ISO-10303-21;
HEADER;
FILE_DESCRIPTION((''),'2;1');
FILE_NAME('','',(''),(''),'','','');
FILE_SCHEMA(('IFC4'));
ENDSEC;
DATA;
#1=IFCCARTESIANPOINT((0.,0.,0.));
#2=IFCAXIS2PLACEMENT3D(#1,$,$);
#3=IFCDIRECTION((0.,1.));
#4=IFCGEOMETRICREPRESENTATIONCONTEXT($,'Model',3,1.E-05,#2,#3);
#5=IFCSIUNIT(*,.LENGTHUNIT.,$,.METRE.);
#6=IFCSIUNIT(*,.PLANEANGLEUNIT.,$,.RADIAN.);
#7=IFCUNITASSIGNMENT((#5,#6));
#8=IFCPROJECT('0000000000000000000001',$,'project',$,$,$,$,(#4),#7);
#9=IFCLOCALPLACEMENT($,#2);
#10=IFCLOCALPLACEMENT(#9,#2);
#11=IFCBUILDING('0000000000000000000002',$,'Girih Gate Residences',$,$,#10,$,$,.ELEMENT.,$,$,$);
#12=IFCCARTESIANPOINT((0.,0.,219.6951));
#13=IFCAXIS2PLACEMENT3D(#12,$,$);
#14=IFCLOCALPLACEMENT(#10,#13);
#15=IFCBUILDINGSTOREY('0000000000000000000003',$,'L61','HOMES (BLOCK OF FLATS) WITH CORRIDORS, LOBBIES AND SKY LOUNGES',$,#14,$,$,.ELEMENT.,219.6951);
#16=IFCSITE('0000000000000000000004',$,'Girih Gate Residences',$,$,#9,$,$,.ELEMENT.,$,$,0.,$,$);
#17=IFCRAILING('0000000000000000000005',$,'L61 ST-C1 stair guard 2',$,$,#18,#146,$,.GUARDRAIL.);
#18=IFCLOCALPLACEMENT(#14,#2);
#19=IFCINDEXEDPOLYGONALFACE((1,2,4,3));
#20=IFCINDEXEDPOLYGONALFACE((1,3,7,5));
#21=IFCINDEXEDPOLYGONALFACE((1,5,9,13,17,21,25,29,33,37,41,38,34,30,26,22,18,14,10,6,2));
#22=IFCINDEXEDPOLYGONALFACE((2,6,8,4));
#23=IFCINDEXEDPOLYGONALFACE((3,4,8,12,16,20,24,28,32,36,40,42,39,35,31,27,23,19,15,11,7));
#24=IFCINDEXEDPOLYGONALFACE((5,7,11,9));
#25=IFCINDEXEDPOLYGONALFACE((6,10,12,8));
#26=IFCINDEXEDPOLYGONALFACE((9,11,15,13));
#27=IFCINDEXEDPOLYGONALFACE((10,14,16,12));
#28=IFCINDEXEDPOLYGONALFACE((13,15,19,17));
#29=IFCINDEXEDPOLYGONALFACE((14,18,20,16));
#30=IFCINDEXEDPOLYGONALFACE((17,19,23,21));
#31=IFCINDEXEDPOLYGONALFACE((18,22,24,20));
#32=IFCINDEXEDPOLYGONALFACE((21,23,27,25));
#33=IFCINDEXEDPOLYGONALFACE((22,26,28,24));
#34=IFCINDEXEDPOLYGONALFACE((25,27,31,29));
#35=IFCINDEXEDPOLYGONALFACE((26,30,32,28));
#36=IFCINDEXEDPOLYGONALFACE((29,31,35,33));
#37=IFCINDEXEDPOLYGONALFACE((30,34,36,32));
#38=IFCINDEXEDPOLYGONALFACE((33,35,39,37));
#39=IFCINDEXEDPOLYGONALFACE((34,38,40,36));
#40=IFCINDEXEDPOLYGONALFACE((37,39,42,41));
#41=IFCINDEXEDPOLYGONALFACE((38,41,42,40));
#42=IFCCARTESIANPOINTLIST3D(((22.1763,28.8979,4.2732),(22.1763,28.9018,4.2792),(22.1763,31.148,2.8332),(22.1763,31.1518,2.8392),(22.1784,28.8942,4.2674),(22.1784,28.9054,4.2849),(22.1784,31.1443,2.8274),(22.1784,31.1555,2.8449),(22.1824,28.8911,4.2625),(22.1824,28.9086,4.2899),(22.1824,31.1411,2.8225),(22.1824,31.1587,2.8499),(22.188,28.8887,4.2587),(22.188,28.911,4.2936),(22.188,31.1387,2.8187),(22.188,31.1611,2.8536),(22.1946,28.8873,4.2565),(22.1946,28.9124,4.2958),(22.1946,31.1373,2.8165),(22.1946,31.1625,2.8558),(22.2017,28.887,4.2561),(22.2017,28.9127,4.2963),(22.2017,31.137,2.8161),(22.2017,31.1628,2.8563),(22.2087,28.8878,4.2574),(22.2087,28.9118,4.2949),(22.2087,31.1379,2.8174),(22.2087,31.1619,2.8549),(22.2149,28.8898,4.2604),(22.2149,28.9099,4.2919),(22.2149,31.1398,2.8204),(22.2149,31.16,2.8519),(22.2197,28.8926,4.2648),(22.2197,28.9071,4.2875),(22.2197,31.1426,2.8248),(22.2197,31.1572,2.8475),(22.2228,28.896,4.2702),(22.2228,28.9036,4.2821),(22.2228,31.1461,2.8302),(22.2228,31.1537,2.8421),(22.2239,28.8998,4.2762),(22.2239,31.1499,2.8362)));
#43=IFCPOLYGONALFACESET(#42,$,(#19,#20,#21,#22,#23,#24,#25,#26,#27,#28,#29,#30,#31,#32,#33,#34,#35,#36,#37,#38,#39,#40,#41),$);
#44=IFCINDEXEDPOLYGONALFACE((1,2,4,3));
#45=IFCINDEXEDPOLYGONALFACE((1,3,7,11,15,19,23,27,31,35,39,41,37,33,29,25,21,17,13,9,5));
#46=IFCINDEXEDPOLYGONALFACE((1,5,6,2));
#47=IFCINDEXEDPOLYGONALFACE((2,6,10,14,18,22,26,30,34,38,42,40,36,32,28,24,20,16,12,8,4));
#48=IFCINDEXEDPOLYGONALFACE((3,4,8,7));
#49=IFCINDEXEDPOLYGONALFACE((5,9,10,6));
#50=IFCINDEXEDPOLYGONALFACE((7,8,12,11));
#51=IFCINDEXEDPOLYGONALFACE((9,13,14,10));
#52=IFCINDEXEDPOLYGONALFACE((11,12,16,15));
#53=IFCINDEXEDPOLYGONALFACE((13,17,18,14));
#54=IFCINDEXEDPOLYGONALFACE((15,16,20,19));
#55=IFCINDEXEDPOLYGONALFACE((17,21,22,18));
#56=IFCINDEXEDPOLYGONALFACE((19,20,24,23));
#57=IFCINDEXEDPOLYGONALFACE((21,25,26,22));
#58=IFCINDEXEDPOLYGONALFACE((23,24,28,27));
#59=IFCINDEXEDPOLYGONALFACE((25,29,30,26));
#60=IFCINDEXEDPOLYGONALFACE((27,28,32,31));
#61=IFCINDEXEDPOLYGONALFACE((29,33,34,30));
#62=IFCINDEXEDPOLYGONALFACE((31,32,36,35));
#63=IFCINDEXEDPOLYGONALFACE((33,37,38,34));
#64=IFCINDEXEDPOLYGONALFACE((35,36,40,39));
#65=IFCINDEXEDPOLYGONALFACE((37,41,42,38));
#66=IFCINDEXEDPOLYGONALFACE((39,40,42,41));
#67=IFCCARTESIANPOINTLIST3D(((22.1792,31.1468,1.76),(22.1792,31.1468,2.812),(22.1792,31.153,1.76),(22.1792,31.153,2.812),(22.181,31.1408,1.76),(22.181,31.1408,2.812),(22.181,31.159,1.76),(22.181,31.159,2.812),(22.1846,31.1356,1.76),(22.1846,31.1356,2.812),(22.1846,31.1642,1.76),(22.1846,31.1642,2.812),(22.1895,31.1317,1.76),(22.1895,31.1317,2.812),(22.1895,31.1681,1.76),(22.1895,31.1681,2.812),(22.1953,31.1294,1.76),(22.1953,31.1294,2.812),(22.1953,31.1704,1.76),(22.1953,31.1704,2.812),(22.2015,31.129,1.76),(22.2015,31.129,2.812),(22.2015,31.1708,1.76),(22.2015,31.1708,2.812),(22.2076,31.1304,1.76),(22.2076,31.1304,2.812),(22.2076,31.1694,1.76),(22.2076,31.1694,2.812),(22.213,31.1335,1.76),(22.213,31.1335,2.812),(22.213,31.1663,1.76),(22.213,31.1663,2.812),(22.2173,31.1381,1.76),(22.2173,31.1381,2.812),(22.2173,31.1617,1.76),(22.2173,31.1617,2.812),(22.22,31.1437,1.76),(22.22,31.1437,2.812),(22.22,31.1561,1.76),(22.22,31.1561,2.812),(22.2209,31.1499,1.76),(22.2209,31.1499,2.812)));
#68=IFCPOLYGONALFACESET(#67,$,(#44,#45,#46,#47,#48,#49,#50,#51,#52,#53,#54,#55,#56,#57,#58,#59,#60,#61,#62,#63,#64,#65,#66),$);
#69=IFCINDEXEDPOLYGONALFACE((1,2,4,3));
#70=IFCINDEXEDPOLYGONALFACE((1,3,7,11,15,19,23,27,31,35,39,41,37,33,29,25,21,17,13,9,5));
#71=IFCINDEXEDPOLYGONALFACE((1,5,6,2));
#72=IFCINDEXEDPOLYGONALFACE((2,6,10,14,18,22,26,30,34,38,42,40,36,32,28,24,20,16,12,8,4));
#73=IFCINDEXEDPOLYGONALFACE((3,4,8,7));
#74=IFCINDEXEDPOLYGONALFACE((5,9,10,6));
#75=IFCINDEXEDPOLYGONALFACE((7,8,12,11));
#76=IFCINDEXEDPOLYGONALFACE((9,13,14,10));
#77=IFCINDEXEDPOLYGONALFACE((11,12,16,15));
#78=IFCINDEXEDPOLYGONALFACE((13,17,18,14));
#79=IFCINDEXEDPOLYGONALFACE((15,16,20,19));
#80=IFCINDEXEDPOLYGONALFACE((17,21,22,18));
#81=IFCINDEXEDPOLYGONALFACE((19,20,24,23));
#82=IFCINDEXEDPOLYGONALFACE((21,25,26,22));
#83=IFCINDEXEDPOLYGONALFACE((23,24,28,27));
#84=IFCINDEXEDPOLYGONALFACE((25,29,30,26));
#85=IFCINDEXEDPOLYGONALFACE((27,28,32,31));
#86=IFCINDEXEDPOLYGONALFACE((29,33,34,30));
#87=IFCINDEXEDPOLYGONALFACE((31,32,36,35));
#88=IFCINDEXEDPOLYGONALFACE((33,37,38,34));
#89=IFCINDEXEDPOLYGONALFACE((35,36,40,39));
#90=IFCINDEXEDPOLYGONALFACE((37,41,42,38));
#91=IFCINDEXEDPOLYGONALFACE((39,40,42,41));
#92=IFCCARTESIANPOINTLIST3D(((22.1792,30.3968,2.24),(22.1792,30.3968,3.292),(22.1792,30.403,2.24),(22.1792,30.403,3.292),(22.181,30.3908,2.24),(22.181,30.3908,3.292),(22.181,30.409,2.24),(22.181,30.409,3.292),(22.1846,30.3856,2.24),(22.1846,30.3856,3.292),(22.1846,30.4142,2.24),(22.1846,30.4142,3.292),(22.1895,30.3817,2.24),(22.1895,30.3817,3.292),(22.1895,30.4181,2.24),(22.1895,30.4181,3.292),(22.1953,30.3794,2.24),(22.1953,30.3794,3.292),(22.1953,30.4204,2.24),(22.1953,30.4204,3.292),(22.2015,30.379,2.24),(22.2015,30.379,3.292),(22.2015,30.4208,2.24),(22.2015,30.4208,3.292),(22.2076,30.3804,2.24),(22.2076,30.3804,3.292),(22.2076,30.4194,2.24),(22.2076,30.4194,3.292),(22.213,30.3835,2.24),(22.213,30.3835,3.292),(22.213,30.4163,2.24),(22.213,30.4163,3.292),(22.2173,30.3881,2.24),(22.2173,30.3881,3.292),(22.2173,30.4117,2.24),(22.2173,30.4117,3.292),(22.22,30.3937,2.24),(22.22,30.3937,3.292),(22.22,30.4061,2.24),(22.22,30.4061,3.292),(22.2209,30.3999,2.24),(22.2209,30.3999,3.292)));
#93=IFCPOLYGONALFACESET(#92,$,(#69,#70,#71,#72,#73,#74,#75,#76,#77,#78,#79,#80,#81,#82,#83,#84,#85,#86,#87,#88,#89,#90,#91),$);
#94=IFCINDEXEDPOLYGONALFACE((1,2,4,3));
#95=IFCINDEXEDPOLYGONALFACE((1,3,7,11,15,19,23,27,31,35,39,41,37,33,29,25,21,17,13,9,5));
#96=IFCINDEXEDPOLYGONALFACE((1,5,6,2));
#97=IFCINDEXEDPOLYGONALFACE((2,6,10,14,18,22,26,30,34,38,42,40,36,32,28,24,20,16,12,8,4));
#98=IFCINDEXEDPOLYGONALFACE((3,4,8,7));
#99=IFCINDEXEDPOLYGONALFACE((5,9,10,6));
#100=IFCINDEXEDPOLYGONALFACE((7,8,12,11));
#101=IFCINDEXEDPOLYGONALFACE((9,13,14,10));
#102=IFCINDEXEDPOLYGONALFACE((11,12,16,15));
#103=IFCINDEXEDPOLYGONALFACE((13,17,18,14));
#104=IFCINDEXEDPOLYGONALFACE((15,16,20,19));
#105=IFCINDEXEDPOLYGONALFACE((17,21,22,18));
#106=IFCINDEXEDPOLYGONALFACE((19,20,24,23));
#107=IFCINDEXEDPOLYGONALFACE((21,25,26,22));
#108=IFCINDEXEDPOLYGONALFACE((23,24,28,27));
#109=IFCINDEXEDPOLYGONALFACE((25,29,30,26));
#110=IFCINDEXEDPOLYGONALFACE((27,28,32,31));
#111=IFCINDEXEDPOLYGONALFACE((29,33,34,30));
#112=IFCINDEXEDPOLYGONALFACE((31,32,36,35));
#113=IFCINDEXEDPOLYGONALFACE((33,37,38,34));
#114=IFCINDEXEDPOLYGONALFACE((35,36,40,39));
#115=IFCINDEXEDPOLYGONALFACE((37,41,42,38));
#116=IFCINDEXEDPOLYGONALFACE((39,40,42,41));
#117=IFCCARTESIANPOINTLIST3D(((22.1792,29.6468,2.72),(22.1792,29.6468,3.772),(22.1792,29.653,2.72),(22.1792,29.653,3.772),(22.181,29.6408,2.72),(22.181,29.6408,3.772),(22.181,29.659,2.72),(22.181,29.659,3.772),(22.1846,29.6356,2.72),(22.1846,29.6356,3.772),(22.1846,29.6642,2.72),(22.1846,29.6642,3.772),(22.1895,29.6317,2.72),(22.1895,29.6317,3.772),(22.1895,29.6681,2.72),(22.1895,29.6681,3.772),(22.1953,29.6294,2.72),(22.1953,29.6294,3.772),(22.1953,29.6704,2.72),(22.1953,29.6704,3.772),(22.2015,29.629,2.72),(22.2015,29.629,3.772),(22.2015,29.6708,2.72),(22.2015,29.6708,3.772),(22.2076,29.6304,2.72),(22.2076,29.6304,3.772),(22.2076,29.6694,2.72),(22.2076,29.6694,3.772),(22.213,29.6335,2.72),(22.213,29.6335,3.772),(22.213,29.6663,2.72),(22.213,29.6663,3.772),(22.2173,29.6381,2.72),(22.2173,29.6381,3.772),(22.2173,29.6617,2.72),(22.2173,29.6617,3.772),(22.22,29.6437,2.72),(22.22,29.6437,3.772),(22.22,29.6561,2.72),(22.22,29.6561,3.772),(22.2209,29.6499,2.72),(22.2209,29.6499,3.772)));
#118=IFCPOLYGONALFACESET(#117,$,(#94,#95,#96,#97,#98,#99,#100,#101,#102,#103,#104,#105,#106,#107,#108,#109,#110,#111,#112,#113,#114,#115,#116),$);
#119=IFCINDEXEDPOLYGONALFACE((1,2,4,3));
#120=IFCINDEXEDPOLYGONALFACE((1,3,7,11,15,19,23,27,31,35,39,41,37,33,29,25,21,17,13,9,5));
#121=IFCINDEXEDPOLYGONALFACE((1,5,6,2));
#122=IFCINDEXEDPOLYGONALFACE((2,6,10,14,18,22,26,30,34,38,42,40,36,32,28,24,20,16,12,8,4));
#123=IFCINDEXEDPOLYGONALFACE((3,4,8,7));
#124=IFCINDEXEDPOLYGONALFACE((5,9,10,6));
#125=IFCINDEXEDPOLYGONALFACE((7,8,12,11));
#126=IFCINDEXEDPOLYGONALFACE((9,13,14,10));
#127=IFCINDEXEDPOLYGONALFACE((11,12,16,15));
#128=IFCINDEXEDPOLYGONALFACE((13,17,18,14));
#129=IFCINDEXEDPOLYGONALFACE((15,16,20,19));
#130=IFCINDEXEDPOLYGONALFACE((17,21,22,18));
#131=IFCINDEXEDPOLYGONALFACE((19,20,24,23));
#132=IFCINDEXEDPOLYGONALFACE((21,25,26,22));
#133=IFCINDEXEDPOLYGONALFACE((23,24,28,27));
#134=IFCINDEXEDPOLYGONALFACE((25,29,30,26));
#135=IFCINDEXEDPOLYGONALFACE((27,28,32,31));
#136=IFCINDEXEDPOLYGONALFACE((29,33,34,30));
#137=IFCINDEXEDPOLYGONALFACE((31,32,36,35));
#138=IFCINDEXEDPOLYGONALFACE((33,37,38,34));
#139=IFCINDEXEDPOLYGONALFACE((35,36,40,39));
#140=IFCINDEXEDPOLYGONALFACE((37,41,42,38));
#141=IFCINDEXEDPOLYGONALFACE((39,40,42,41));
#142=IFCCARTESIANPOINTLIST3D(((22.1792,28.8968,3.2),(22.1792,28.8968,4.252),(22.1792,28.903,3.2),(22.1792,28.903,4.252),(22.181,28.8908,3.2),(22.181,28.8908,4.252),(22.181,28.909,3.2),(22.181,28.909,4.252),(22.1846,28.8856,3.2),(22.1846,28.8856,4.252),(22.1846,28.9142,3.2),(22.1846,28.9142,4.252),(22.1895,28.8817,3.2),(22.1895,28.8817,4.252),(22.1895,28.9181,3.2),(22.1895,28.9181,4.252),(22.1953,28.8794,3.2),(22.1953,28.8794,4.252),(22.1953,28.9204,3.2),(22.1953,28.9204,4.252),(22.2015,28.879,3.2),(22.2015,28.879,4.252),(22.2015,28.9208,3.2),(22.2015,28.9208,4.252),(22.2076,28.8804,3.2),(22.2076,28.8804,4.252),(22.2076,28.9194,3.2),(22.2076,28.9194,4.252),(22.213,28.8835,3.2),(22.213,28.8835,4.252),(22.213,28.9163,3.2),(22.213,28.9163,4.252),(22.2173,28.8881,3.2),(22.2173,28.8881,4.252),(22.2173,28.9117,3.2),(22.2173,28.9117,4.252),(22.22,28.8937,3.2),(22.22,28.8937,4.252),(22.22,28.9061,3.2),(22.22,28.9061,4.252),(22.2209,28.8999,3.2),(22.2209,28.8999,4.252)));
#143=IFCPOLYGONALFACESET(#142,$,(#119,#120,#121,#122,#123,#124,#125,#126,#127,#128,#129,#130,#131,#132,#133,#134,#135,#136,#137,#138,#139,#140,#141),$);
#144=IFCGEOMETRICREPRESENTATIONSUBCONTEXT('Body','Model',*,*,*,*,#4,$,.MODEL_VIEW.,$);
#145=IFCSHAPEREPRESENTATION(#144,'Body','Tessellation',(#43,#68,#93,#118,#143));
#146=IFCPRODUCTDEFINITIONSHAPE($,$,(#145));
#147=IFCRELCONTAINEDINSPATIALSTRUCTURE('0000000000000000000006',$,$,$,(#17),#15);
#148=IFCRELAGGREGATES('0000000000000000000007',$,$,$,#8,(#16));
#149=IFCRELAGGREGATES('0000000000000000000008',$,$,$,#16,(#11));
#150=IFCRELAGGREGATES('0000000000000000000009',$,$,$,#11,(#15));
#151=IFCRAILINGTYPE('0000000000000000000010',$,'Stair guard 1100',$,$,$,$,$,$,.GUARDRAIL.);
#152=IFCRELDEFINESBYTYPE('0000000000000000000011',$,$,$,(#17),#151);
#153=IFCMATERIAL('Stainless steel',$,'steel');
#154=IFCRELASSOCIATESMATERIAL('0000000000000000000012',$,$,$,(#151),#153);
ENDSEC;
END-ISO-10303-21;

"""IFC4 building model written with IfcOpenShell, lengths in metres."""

from ifc_helpers import new_model, si_unit, direction, frame, origin, origin_2d, place, context, subcontext, project, spatial, circle, extrude, material, type_object, element, save


model = new_model("IFC4")

# Units and contexts
model_context = context("Model", 3, precision=1e-05, world=origin(), true_north=direction((0.0, 1.0)))
body_context = subcontext(model_context, "Body", "Model", "MODEL_VIEW")
ifc_project = project(units=[si_unit("LENGTHUNIT", "METRE"), si_unit("PLANEANGLEUNIT", "RADIAN")], contexts=[model_context])

# Site, building, storey
site_placement = place(None, origin())
site = spatial("IfcSite", under=ifc_project, at=site_placement, Name="Girih Gate Residences", CompositionType="ELEMENT", RefElevation=0.0)
building_placement = place(site_placement, origin())
building = spatial("IfcBuilding", under=site, at=building_placement, Name="Girih Gate Residences", CompositionType="ELEMENT")
storey_placement = place(building_placement, frame((0.0, 0.0, 219.6951)))
storey = spatial("IfcBuildingStorey", under=building, at=storey_placement, Name="L61", Description="HOMES (BLOCK OF FLATS) WITH CORRIDORS, LOBBIES AND SKY LOUNGES", CompositionType="ELEMENT", Elevation=219.6951)

# Railing
ifc_material_1 = material(Name="Stainless steel", Category="steel")
railing_type_1 = type_object("IfcRailingType", Name="Stair guard 1100", PredefinedType="GUARDRAIL", material=ifc_material_1)
railing_1_placement = place(storey_placement, frame((22.2, 31.1499, 1.76)))
element("IfcRailing", 1, at=railing_1_placement, inside=storey, type_object=railing_type_1, Name="L61 ST-C1 stair guard 2", PredefinedType="GUARDRAIL", context=body_context, shape_type="SweptSolid", body=[
    extrude(circle(Radius=0.0239, at=origin_2d()), frame((0.0, 0.0, 1.0762), z_axis=(0.0, -0.842281, 0.539038), x_axis=(1.0, 0.0, 0.0)), (0.0, 0.0, 1.0), 2.6714),
    extrude(circle(Radius=0.021, at=origin_2d()), origin(), (0.0, 0.0, 1.0), 1.052),
    extrude(circle(Radius=0.021, at=origin_2d()), frame((0.0, -0.75, 0.48)), (0.0, 0.0, 1.0), 1.052),
    extrude(circle(Radius=0.021, at=origin_2d()), frame((0.0, -1.5, 0.96)), (0.0, 0.0, 1.0), 1.052),
    extrude(circle(Radius=0.021, at=origin_2d()), frame((0.0, -2.25, 1.4399)), (0.0, 0.0, 1.0), 1.052),
])

save(model, "model.ifc")
